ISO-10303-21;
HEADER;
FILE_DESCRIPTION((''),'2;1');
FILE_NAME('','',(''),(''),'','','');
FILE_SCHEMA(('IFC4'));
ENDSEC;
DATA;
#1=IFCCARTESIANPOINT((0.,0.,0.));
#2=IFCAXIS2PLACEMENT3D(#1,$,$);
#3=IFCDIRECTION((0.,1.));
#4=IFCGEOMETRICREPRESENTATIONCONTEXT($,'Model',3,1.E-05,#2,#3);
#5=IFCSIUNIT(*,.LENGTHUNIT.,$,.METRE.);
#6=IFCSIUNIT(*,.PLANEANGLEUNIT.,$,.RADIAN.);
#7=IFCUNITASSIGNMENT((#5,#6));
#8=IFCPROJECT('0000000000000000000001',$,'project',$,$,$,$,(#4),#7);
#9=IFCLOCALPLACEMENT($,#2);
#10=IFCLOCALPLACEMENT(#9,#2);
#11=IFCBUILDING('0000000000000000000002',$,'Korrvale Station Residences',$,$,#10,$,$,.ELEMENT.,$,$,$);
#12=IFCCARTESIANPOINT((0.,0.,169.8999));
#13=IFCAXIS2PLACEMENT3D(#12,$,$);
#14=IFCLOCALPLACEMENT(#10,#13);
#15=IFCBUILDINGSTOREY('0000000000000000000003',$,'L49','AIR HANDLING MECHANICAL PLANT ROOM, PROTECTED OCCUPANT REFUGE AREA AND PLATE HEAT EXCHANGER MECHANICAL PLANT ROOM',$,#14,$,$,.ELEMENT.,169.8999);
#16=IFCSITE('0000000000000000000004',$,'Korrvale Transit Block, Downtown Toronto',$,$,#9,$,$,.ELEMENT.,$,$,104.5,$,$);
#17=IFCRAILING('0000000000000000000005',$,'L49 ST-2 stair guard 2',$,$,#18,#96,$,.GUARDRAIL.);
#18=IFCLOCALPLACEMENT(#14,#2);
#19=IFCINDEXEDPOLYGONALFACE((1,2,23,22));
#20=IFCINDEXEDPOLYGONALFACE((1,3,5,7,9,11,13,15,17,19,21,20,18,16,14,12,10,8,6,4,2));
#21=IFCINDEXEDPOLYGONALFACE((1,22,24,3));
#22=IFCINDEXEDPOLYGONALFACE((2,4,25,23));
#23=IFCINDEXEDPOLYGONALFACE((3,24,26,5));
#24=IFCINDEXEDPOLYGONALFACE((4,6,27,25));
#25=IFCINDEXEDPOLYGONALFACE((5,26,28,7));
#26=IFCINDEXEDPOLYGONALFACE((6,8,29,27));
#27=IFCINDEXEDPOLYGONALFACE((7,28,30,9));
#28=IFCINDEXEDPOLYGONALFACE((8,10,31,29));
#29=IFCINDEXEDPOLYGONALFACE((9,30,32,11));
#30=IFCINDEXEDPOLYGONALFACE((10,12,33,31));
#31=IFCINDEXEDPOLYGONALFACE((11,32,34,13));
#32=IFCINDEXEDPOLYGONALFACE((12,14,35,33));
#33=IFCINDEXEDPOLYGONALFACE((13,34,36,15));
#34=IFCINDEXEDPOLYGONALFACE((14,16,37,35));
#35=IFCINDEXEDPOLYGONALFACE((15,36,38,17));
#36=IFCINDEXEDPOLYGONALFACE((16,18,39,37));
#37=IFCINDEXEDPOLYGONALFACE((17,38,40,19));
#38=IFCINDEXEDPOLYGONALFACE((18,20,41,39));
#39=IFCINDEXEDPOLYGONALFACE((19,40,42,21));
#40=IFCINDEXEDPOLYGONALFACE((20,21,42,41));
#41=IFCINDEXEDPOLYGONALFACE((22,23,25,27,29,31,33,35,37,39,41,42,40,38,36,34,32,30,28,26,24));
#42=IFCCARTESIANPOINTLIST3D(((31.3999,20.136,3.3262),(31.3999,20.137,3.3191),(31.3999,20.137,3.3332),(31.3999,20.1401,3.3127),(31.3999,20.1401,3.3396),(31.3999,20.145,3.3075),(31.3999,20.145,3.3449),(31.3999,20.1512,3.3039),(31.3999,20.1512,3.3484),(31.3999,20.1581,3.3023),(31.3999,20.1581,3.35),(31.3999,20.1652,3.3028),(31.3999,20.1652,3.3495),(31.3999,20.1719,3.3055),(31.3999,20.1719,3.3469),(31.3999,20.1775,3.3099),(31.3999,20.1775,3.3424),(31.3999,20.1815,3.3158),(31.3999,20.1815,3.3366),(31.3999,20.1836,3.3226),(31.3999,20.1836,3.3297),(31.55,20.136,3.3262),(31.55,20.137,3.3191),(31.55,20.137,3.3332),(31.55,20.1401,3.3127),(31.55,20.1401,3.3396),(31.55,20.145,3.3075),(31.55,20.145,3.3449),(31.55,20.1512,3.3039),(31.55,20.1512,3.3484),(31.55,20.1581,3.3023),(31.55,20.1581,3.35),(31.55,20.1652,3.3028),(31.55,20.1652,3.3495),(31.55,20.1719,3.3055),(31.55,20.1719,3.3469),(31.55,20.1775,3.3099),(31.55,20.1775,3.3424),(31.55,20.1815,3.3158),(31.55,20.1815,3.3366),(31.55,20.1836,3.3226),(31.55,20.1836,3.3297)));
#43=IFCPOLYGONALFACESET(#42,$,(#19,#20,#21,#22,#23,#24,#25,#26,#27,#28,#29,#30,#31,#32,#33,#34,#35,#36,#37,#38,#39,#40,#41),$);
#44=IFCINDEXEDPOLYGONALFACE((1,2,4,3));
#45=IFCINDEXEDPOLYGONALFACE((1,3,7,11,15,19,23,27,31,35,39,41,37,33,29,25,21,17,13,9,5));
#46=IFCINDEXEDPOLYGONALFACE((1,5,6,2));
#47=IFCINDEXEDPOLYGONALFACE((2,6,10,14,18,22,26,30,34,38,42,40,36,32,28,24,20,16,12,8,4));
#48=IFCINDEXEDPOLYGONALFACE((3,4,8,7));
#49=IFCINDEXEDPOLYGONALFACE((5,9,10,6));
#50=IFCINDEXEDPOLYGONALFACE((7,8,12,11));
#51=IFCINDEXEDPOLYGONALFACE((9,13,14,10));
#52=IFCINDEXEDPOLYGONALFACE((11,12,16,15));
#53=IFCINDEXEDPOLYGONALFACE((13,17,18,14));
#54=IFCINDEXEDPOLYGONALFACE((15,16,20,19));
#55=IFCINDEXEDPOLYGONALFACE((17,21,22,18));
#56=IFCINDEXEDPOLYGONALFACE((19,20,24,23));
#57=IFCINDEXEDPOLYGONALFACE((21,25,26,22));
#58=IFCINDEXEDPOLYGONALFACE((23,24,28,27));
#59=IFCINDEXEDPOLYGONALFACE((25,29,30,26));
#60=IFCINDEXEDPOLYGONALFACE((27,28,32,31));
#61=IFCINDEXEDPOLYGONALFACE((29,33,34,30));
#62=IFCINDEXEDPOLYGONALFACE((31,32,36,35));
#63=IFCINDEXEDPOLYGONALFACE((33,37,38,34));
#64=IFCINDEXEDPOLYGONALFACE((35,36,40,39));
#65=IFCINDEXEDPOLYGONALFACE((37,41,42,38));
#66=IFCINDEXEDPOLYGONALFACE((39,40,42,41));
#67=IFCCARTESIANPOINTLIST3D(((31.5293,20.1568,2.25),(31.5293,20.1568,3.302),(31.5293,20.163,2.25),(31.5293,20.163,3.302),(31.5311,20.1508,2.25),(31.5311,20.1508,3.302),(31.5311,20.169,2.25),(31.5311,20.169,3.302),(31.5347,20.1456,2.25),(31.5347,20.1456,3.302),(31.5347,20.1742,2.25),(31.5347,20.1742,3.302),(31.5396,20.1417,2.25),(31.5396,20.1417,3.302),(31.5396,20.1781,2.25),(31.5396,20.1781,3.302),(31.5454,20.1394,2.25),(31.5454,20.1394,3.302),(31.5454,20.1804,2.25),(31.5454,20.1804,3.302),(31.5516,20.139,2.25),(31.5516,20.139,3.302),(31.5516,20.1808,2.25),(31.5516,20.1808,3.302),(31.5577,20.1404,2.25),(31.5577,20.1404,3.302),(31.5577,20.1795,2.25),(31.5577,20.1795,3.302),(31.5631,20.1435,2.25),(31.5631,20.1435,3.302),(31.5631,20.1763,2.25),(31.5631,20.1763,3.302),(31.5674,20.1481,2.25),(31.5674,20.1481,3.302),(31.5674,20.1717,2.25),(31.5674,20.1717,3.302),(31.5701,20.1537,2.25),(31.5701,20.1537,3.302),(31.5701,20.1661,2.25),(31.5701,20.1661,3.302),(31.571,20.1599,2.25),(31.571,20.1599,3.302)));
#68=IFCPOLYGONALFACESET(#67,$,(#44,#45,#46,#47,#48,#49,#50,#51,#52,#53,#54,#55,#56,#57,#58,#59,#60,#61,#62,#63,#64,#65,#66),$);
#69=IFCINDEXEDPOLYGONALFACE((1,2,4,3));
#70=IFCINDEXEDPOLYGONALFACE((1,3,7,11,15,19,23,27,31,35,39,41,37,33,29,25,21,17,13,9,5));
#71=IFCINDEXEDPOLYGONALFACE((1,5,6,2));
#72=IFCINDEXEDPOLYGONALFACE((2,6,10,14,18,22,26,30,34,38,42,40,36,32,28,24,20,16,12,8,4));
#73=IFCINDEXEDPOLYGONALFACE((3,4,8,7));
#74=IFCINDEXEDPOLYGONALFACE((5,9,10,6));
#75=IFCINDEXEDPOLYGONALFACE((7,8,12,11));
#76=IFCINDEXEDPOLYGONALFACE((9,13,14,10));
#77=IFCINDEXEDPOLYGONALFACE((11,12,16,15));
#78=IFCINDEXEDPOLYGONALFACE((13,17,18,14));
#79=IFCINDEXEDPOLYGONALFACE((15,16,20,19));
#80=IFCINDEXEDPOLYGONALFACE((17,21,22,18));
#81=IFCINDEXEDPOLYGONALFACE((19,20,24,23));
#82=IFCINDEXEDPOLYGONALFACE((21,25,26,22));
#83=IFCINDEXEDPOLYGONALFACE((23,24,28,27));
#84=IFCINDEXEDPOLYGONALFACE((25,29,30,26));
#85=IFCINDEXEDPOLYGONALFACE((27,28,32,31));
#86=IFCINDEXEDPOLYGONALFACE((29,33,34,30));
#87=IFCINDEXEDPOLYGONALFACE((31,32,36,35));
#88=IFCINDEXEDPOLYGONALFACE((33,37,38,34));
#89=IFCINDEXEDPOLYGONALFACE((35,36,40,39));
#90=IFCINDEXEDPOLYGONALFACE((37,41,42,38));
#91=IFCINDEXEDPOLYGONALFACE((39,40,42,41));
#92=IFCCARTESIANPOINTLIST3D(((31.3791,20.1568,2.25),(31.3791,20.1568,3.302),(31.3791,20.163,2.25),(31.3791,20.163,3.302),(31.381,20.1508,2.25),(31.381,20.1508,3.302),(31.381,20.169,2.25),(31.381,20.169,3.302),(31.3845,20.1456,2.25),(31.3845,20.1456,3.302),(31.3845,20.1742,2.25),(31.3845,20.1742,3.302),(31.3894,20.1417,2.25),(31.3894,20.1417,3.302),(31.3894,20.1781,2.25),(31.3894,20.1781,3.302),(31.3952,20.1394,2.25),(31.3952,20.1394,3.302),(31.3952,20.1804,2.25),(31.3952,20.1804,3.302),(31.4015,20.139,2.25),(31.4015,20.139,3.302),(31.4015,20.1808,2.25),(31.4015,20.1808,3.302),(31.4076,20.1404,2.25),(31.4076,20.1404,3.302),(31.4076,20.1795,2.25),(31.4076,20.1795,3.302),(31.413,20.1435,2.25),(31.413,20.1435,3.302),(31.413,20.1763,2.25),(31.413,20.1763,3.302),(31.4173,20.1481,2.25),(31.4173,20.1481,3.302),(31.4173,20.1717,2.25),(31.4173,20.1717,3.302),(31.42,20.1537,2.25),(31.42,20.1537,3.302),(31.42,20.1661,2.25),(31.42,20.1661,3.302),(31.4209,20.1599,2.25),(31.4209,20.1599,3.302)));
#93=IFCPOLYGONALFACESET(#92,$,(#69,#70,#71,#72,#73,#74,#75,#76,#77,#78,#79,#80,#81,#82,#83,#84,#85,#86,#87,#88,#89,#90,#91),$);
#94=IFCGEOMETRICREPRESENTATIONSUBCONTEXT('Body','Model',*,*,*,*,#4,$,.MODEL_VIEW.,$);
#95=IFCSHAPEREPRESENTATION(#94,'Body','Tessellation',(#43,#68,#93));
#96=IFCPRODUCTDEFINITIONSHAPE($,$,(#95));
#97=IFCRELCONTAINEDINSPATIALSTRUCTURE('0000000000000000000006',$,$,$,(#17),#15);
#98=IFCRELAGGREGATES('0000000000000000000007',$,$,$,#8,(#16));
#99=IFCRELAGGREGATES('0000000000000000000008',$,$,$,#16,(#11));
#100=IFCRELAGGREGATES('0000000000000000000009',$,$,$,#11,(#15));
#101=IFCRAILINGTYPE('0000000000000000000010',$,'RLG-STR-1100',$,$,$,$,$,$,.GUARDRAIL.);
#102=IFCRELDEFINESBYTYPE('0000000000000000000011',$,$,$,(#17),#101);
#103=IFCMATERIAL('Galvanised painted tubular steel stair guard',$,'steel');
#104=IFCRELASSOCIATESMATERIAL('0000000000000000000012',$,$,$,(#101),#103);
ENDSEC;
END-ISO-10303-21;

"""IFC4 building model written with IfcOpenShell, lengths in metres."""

from ifc_helpers import new_model, si_unit, direction, frame, origin, origin_2d, place, context, subcontext, project, spatial, circle, extrude, material, type_object, element, save


model = new_model("IFC4")

# Units and contexts
model_context = context("Model", 3, precision=1e-05, world=origin(), true_north=direction((0.0, 1.0)))
body_context = subcontext(model_context, "Body", "Model", "MODEL_VIEW")
ifc_project = project(units=[si_unit("LENGTHUNIT", "METRE"), si_unit("PLANEANGLEUNIT", "RADIAN")], contexts=[model_context])

# Site, building, storey
site_placement = place(None, origin())
site = spatial("IfcSite", under=ifc_project, at=site_placement, Name="Korrvale Transit Block, Downtown Toronto", CompositionType="ELEMENT", RefElevation=104.5)
building_placement = place(site_placement, origin())
building = spatial("IfcBuilding", under=site, at=building_placement, Name="Korrvale Station Residences", CompositionType="ELEMENT")
storey_placement = place(building_placement, frame((0.0, 0.0, 169.8999)))
storey = spatial("IfcBuildingStorey", under=building, at=storey_placement, Name="L49", Description="AIR HANDLING MECHANICAL PLANT ROOM, PROTECTED OCCUPANT REFUGE AREA AND PLATE HEAT EXCHANGER MECHANICAL PLANT ROOM", CompositionType="ELEMENT", Elevation=169.8999)

# Railing
ifc_material_1 = material(Name="Galvanised painted tubular steel stair guard", Category="steel")
railing_type_1 = type_object("IfcRailingType", Name="RLG-STR-1100", PredefinedType="GUARDRAIL", material=ifc_material_1)
railing_1_placement = place(storey_placement, frame((31.55, 20.1599, 2.25)))
element("IfcRailing", 1, at=railing_1_placement, inside=storey, type_object=railing_type_1, Name="L49 ST-2 stair guard 2", PredefinedType="GUARDRAIL", context=body_context, shape_type="SweptSolid", body=[
    extrude(circle(Radius=0.0239, at=origin_2d()), frame((0.0, 0.0, 1.0762), z_axis=(-1.0, 0.0, 0.0), x_axis=(0.0, -1.0, 0.0)), (0.0, 0.0, 1.0), 0.1501),
    extrude(circle(Radius=0.021, at=origin_2d()), origin(), (0.0, 0.0, 1.0), 1.052),
    extrude(circle(Radius=0.021, at=origin_2d()), frame((-0.1501, 0.0, 0.0)), (0.0, 0.0, 1.0), 1.052),
])

save(model, "model.ifc")
